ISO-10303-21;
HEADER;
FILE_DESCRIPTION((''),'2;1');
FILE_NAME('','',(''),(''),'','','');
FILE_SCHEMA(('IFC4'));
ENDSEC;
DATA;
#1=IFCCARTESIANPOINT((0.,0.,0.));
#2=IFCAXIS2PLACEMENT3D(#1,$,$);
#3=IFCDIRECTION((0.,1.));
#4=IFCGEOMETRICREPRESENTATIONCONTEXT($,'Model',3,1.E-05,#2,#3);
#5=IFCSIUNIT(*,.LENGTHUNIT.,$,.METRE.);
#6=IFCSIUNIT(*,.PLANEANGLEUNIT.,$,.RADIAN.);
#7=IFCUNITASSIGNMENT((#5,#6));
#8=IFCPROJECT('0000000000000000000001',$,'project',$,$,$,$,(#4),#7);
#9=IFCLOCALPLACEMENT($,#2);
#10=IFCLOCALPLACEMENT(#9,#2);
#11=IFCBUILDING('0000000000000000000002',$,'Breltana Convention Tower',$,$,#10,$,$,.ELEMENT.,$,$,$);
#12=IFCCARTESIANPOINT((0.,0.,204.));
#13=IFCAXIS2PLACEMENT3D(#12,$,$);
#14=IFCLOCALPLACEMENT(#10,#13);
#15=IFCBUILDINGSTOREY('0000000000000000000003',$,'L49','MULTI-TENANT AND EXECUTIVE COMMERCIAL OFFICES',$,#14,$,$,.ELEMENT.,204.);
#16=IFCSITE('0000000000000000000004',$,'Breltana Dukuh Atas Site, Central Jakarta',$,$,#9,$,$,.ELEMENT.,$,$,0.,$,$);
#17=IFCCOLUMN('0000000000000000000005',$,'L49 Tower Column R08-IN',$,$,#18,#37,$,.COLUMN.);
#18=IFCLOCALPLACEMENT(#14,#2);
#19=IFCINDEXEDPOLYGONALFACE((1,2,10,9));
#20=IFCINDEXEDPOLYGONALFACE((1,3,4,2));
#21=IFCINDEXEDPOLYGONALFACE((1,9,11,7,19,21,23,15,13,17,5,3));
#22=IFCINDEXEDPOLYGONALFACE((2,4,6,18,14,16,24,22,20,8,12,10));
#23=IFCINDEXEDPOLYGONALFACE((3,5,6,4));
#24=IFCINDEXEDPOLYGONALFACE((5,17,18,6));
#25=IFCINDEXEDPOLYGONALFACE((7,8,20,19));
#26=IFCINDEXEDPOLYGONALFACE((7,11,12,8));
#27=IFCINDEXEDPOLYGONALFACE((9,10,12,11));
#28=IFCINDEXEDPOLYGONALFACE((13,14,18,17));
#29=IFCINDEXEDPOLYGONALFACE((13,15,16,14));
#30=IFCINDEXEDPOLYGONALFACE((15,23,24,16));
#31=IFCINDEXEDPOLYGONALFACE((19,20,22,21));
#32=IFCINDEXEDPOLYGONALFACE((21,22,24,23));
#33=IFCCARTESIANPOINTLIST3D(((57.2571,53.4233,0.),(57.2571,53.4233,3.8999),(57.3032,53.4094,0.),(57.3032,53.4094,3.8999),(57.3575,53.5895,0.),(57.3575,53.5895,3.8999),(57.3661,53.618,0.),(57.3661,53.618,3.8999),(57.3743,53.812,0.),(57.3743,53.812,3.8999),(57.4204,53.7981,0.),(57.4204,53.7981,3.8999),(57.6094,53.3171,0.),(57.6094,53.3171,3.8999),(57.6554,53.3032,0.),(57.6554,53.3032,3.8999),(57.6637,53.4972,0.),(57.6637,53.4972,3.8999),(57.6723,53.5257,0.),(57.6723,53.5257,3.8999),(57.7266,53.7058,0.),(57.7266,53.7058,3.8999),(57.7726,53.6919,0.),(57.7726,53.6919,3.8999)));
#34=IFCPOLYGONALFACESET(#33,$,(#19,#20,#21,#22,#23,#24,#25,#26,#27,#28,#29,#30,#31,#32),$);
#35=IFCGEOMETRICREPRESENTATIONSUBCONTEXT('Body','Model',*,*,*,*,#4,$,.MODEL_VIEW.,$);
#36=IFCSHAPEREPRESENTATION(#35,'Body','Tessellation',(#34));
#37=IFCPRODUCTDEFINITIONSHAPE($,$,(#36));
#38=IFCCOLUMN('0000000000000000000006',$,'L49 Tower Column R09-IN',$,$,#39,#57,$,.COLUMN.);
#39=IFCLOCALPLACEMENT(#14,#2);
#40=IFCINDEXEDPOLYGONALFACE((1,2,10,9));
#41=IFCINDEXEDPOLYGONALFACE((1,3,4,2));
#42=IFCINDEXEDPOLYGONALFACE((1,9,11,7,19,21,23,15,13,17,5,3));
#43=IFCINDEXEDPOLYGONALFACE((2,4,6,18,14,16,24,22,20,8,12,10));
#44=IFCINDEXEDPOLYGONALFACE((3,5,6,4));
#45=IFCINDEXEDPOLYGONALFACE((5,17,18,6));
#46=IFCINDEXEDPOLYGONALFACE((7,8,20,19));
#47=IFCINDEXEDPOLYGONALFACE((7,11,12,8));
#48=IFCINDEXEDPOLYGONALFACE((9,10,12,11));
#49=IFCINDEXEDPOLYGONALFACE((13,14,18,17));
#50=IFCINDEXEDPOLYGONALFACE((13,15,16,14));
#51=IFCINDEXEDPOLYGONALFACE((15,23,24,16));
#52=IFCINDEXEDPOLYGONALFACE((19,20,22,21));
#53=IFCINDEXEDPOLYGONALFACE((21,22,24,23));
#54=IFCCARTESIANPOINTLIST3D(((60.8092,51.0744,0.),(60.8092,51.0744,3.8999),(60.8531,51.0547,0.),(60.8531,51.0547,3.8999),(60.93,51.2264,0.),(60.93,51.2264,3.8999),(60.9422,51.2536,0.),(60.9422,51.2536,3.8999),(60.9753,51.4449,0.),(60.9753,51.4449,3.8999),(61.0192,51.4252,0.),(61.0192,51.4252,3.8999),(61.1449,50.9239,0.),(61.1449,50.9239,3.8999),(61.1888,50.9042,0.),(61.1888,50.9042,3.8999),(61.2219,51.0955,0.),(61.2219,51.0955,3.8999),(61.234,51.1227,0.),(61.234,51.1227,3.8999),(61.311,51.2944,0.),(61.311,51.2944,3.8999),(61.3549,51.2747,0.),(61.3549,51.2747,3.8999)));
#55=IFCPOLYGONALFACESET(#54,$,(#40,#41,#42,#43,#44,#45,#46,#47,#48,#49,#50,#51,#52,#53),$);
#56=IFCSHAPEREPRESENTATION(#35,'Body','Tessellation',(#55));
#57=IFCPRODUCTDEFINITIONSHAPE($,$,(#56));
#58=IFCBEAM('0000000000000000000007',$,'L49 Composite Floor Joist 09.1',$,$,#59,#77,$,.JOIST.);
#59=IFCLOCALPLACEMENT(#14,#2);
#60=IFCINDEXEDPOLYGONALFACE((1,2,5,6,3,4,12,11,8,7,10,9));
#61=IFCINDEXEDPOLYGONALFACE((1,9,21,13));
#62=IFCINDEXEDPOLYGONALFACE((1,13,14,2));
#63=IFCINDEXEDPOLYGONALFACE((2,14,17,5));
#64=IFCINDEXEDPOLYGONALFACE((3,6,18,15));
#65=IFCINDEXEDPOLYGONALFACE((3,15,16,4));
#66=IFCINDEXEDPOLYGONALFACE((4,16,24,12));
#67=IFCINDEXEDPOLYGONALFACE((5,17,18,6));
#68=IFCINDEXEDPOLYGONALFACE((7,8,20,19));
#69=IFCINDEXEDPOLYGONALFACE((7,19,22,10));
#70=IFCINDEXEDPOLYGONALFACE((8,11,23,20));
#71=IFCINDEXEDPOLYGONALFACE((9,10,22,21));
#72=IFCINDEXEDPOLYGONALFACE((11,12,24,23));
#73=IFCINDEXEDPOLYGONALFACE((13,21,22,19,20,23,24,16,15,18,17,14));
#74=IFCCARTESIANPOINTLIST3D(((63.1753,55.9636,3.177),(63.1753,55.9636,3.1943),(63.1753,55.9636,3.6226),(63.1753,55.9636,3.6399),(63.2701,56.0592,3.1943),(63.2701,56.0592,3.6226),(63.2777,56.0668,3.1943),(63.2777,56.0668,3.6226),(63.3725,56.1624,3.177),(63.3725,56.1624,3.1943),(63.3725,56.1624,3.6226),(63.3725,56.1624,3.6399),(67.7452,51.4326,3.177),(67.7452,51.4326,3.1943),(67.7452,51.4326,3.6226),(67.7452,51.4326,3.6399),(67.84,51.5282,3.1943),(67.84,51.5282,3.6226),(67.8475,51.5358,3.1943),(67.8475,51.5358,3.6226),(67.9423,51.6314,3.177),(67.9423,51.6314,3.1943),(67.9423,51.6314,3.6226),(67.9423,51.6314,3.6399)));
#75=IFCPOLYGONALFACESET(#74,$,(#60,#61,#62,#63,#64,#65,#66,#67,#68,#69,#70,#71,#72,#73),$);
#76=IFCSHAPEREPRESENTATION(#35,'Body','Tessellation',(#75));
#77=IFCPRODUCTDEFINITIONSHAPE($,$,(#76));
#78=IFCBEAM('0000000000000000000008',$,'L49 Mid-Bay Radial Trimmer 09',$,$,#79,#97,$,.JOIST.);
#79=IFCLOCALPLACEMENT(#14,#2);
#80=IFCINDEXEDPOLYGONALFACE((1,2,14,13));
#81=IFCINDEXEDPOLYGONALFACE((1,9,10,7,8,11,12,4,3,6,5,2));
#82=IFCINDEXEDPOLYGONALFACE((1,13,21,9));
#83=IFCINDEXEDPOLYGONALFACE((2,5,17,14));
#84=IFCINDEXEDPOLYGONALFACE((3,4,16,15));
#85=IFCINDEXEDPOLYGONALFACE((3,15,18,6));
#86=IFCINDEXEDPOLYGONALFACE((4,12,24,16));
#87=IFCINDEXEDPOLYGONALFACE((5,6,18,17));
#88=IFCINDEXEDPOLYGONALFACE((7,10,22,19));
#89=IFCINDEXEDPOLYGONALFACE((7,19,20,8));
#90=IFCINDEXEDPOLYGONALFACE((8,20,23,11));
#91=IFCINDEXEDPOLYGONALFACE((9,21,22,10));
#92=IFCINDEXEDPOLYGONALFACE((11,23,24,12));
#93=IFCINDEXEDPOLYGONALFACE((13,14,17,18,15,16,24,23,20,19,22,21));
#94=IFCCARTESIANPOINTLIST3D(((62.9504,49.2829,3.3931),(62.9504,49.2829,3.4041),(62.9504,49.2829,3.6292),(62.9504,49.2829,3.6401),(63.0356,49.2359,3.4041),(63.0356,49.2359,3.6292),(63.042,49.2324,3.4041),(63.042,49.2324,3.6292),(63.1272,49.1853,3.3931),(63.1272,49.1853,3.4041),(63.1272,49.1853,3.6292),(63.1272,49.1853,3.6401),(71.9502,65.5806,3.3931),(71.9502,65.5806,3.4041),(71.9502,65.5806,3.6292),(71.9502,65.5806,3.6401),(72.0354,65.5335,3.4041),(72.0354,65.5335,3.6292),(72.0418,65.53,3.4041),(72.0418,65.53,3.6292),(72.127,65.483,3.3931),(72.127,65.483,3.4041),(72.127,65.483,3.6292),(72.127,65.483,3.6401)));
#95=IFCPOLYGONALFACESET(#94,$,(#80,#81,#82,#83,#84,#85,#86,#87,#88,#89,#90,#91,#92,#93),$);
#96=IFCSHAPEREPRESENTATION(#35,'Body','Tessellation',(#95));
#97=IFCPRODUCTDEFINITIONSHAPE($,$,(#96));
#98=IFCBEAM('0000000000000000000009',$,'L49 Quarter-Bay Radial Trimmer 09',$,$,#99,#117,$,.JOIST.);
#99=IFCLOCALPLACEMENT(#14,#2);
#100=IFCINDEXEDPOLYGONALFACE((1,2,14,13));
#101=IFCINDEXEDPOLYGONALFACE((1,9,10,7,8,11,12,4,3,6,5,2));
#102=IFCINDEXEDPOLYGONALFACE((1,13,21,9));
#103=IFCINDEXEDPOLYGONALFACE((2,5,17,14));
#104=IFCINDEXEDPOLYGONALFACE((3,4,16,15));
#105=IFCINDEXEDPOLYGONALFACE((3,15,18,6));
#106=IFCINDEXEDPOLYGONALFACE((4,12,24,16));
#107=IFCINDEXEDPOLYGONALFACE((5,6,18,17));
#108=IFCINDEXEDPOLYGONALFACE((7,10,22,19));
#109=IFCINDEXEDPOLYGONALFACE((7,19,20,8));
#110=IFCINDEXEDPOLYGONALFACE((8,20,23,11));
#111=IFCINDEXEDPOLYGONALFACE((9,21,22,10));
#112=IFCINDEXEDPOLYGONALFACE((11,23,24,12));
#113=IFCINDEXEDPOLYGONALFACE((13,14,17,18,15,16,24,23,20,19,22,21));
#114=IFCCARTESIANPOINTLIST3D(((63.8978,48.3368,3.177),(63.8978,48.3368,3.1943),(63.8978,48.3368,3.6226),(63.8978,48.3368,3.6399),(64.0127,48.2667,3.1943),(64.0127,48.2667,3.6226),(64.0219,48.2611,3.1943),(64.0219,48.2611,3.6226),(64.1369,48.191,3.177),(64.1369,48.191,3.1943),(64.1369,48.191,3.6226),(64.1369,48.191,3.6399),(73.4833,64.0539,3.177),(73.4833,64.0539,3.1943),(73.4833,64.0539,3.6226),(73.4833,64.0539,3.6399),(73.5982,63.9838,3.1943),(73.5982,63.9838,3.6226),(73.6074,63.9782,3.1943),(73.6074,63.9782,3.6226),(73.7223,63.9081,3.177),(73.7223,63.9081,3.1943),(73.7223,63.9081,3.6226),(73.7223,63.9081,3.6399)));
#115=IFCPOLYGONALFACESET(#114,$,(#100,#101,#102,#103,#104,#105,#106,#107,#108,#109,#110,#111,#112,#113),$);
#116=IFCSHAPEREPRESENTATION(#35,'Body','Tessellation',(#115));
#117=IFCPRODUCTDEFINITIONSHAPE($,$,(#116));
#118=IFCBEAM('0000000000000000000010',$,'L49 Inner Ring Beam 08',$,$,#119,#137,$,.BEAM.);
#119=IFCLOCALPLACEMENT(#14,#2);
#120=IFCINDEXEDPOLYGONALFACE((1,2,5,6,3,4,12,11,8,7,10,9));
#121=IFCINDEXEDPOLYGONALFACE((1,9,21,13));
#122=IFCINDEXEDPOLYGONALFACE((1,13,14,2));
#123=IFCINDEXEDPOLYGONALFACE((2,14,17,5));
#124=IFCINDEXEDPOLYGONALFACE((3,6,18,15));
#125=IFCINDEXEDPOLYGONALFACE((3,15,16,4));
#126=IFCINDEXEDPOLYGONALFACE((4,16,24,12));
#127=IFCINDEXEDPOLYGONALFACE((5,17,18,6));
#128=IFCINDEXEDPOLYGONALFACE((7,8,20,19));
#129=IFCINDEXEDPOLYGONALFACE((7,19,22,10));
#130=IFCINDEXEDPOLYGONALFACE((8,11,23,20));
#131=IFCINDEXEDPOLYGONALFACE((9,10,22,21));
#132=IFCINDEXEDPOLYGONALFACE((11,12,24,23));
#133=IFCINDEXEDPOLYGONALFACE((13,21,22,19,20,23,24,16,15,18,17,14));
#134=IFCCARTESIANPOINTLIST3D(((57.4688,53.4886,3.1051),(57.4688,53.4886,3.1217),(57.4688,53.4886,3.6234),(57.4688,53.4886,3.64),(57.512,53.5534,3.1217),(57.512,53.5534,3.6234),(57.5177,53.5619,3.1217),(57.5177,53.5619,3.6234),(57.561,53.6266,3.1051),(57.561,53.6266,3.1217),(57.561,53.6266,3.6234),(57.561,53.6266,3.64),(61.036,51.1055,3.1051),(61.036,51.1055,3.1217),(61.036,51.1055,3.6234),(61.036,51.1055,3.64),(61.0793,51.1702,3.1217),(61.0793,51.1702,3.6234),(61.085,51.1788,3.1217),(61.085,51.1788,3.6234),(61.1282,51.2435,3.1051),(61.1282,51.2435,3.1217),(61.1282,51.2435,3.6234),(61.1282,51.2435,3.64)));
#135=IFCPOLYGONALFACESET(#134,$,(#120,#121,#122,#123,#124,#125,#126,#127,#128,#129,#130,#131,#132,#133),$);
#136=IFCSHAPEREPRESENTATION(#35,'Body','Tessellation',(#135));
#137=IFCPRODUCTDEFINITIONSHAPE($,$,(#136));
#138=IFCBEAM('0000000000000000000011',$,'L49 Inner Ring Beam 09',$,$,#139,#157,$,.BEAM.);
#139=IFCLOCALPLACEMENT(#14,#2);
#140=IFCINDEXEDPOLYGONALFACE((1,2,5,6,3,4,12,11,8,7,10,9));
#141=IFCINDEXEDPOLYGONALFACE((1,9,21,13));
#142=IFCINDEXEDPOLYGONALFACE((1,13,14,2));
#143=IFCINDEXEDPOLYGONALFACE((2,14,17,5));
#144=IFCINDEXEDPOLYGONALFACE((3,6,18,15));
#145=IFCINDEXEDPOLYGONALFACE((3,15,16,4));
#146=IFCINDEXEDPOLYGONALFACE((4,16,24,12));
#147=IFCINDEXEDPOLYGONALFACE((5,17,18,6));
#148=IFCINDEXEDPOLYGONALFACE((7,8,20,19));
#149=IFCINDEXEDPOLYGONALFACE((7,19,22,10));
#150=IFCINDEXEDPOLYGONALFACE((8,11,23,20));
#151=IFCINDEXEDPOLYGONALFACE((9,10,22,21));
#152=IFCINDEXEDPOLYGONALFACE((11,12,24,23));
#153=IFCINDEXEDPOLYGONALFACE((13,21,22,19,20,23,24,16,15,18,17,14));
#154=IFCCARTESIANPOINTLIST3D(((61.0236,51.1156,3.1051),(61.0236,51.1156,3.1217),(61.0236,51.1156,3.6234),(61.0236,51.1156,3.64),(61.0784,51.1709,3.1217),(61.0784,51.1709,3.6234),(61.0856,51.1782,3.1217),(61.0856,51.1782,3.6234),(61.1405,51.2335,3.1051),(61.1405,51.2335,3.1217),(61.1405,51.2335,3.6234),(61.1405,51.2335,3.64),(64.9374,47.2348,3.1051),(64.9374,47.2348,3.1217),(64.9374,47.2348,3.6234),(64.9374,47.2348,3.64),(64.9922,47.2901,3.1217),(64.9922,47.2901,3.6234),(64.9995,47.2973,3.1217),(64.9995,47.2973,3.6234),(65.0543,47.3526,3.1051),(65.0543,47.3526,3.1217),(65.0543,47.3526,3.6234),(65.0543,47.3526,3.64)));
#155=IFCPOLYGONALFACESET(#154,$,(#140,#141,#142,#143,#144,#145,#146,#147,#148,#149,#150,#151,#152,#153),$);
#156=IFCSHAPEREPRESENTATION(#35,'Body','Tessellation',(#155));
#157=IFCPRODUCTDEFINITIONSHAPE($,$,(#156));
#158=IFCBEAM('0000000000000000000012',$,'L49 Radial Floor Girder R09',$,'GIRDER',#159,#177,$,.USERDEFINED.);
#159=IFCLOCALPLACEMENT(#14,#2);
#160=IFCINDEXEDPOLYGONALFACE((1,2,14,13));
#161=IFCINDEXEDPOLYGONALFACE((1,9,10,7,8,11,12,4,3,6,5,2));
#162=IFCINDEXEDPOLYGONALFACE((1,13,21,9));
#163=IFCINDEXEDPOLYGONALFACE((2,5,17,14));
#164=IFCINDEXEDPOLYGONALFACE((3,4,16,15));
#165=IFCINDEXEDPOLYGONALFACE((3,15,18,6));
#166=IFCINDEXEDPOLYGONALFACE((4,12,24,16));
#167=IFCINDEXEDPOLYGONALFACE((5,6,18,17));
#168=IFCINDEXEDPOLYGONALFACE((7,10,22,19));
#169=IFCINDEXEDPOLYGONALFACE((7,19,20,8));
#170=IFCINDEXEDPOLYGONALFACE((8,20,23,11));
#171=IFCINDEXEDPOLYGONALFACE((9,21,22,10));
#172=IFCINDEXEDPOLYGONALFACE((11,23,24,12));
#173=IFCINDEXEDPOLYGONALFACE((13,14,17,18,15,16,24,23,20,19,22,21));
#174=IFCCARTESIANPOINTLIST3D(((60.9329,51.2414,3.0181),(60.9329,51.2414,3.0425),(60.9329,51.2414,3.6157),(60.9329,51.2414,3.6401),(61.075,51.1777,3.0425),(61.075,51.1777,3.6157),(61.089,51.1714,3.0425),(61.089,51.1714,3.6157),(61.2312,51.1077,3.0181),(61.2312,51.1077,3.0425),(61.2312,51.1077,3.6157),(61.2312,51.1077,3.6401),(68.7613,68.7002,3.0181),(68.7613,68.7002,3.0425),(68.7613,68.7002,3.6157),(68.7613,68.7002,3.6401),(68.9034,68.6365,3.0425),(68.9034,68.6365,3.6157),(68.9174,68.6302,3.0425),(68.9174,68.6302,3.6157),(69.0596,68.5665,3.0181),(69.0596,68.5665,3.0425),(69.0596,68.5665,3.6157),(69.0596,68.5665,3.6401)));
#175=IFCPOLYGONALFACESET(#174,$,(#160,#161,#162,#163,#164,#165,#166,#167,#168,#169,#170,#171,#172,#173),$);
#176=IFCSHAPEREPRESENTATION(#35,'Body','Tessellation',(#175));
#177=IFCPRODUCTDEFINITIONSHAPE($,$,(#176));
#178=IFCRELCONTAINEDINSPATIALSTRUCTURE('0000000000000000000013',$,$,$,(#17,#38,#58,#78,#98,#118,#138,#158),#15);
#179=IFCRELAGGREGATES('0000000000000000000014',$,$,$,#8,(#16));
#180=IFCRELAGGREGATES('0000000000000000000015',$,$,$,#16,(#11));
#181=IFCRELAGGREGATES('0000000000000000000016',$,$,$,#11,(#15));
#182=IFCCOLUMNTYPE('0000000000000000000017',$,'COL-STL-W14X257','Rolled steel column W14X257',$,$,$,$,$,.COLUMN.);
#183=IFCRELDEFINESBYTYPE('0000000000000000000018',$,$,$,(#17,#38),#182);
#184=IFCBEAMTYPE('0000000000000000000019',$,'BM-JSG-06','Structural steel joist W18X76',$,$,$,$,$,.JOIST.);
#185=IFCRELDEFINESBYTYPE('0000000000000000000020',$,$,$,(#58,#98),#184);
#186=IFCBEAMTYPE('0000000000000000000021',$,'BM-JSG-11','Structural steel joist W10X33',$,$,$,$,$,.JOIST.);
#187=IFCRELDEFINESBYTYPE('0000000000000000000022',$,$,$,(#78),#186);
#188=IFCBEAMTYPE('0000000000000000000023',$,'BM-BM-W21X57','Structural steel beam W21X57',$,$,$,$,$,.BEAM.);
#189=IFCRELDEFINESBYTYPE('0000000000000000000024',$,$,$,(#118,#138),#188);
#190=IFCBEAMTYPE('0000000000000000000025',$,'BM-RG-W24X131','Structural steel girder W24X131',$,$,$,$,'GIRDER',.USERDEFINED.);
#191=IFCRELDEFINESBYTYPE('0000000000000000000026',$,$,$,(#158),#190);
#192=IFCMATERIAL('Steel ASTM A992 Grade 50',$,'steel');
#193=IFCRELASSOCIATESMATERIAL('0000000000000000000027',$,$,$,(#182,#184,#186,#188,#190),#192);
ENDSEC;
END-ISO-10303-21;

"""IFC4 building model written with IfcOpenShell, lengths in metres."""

from ifc_helpers import new_model, si_unit, direction, frame, origin, origin_2d, place, context, subcontext, project, spatial, i_section, extrude, source, transform, mapped, material, material_profile, profile_set, type_object, element, save


model = new_model("IFC4")

# Units and contexts
model_context = context("Model", 3, precision=1e-05, world=origin(), true_north=direction((0.0, 1.0)))
body_context = subcontext(model_context, "Body", "Model", "MODEL_VIEW")
ifc_project = project(units=[si_unit("LENGTHUNIT", "METRE"), si_unit("PLANEANGLEUNIT", "RADIAN")], contexts=[model_context])

# Site, building, storey
site_placement = place(None, origin())
site = spatial("IfcSite", under=ifc_project, at=site_placement, Name="Breltana Dukuh Atas Site, Central Jakarta", CompositionType="ELEMENT", RefElevation=0.0)
building_placement = place(site_placement, origin())
building = spatial("IfcBuilding", under=site, at=building_placement, Name="Breltana Convention Tower", CompositionType="ELEMENT")
storey_placement = place(building_placement, frame((0.0, 0.0, 204.0)))
storey = spatial("IfcBuildingStorey", under=building, at=storey_placement, Name="L49", Description="MULTI-TENANT AND EXECUTIVE COMMERCIAL OFFICES", CompositionType="ELEMENT", Elevation=204.0)

# Columns
ifc_material_1 = material(Name="Steel ASTM A992 Grade 50", Category="steel")
ifc_material_profile_1 = material_profile(ifc_material_1, i_section(OverallWidth=0.406, OverallDepth=0.416, WebThickness=0.0298, FlangeThickness=0.0481, at=origin_2d()), Name="W14X257")
ifc_profile_set_1 = profile_set([ifc_material_profile_1], Name="Steel ASTM A992 Grade 50")
column_type = type_object("IfcColumnType", Name="COL-STL-W14X257", Description="Rolled steel column W14X257", PredefinedType="COLUMN", material=ifc_profile_set_1)
shared_shape_1 = source(origin(), body_context, "Body", "SweptSolid", [
    extrude(i_section(OverallWidth=0.406, OverallDepth=0.416, WebThickness=0.0298, FlangeThickness=0.0481, at=origin_2d()), origin(), (0.0, 0.0, 1.0), 3.8999),
])
for number, where, z_axis, x_axis, name in (
    (1, (57.5149, 53.5576, 0.0), (0.0, 0.0, 1.0), (0.288698, 0.95742, 0.0), "L49 Tower Column R08-IN"),
    (2, (61.082, 51.1746, 0.0), (0.0, 0.0, 1.0), (0.409127, 0.912477, 0.0), "L49 Tower Column R09-IN"),
):
    element("IfcColumn", number, at=place(storey_placement, frame(where, z_axis=z_axis, x_axis=x_axis)), inside=storey, type_object=column_type, Name=name, PredefinedType="COLUMN", context=body_context, shape_type="MappedRepresentation", body=[
        mapped(shared_shape_1, transform((0.0, 0.0, 0.0), scale=1.0)),
    ])

# Beams
ifc_material_profile_2 = material_profile(ifc_material_1, i_section(OverallWidth=0.28, OverallDepth=0.4629, WebThickness=0.0107, FlangeThickness=0.0173, at=origin_2d()), Name="W18X76")
ifc_profile_set_2 = profile_set([ifc_material_profile_2], Name="Steel ASTM A992 Grade 50")
beam_type_1 = type_object("IfcBeamType", Name="BM-JSG-06", Description="Structural steel joist W18X76", PredefinedType="JOIST", material=ifc_profile_set_2)
shared_shape_2 = source(origin(), body_context, "Body", "SweptSolid", [
    extrude(i_section(OverallWidth=0.28, OverallDepth=0.4629, WebThickness=0.0107, FlangeThickness=0.0173, at=origin_2d()), origin(), (0.0, 0.0, 1.0), 6.4353),
])
beam_1_placement = place(storey_placement, frame((63.2739, 56.063, 3.4084), z_axis=(0.710116, -0.704084, 0.0), x_axis=(0.704084, 0.710116, 0.0)))
element("IfcBeam", 3, at=beam_1_placement, inside=storey, type_object=beam_type_1, Name="L49 Composite Floor Joist 09.1", PredefinedType="JOIST", context=body_context, shape_type="MappedRepresentation", body=[
    mapped(shared_shape_2, transform((0.0, 0.0, 0.0), scale=1.0)),
])
ifc_material_profile_3 = material_profile(ifc_material_1, i_section(OverallWidth=0.2019, OverallDepth=0.2471, WebThickness=0.0073, FlangeThickness=0.011, at=origin_2d()), Name="W10X33")
ifc_profile_set_3 = profile_set([ifc_material_profile_3], Name="Steel ASTM A992 Grade 50")
beam_type_2 = type_object("IfcBeamType", Name="BM-JSG-11", Description="Structural steel joist W10X33", PredefinedType="JOIST", material=ifc_profile_set_3)
shared_shape_3 = source(origin(), body_context, "Body", "SweptSolid", [
    extrude(i_section(OverallWidth=0.2019, OverallDepth=0.2471, WebThickness=0.0073, FlangeThickness=0.011, at=origin_2d()), origin(), (0.0, 0.0, 1.0), 18.6174),
])
beam_2_placement = place(storey_placement, frame((63.0388, 49.2341, 3.5166), z_axis=(0.483406, 0.875396, 0.0), x_axis=(-0.875396, 0.483406, 0.0)))
element("IfcBeam", 4, at=beam_2_placement, inside=storey, type_object=beam_type_2, Name="L49 Mid-Bay Radial Trimmer 09", PredefinedType="JOIST", context=body_context, shape_type="MappedRepresentation", body=[
    mapped(shared_shape_3, transform((0.0, 0.0, 0.0), scale=1.0)),
])
shared_shape_4 = source(origin(), body_context, "Body", "SweptSolid", [
    extrude(i_section(OverallWidth=0.28, OverallDepth=0.4629, WebThickness=0.0107, FlangeThickness=0.0173, at=origin_2d()), origin(), (0.0, 0.0, 1.0), 18.4094),
])
beam_3_placement = place(storey_placement, frame((64.0173, 48.2639, 3.4084), z_axis=(0.520682, 0.853751, 0.0), x_axis=(-0.853751, 0.520682, 0.0)))
element("IfcBeam", 5, at=beam_3_placement, inside=storey, type_object=beam_type_1, Name="L49 Quarter-Bay Radial Trimmer 09", PredefinedType="JOIST", context=body_context, shape_type="MappedRepresentation", body=[
    mapped(shared_shape_4, transform((0.0, 0.0, 0.0), scale=1.0)),
])
ifc_material_profile_4 = material_profile(ifc_material_1, i_section(OverallWidth=0.166, OverallDepth=0.5349, WebThickness=0.0103, FlangeThickness=0.0166, at=origin_2d()), Name="W21X57")
ifc_profile_set_4 = profile_set([ifc_material_profile_4], Name="Steel ASTM A992 Grade 50")
beam_type_3 = type_object("IfcBeamType", Name="BM-BM-W21X57", Description="Structural steel beam W21X57", PredefinedType="BEAM", material=ifc_profile_set_4)
shared_shape_5 = source(origin(), body_context, "Body", "SweptSolid", [
    extrude(i_section(OverallWidth=0.166, OverallDepth=0.5349, WebThickness=0.0103, FlangeThickness=0.0166, at=origin_2d()), origin(), (0.0, 0.0, 1.0), 4.29),
])
beam_4_placement = place(storey_placement, frame((57.5149, 53.5576, 3.3726), z_axis=(0.831516, -0.555501, 0.0), x_axis=(0.555501, 0.831516, 0.0)))
element("IfcBeam", 6, at=beam_4_placement, inside=storey, type_object=beam_type_3, Name="L49 Inner Ring Beam 08", PredefinedType="BEAM", context=body_context, shape_type="MappedRepresentation", body=[
    mapped(shared_shape_5, transform((0.0, 0.0, 0.0), scale=1.0)),
])
shared_shape_6 = source(origin(), body_context, "Body", "SweptSolid", [
    extrude(i_section(OverallWidth=0.166, OverallDepth=0.5349, WebThickness=0.0103, FlangeThickness=0.0166, at=origin_2d()), origin(), (0.0, 0.0, 1.0), 5.5117),
])
beam_5_placement = place(storey_placement, frame((61.082, 51.1746, 3.3726), z_axis=(0.71009, -0.704111, 0.0), x_axis=(0.704111, 0.71009, 0.0)))
element("IfcBeam", 7, at=beam_5_placement, inside=storey, type_object=beam_type_3, Name="L49 Inner Ring Beam 09", PredefinedType="BEAM", context=body_context, shape_type="MappedRepresentation", body=[
    mapped(shared_shape_6, transform((0.0, 0.0, 0.0), scale=1.0)),
])
ifc_material_profile_5 = material_profile(ifc_material_1, i_section(OverallWidth=0.3269, OverallDepth=0.6221, WebThickness=0.0154, FlangeThickness=0.0244, at=origin_2d()), Name="W24X131")
ifc_profile_set_5 = profile_set([ifc_material_profile_5], Name="Steel ASTM A992 Grade 50")
beam_type_4 = type_object("IfcBeamType", Name="BM-RG-W24X131", Description="Structural steel girder W24X131", ElementType="GIRDER", PredefinedType="USERDEFINED", material=ifc_profile_set_5)
shared_shape_7 = source(origin(), body_context, "Body", "SweptSolid", [
    extrude(i_section(OverallWidth=0.3269, OverallDepth=0.6221, WebThickness=0.0154, FlangeThickness=0.0244, at=origin_2d()), origin(), (0.0, 0.0, 1.0), 19.1335),
])
beam_6_placement = place(storey_placement, frame((61.082, 51.1746, 3.3291), z_axis=(0.409145, 0.91247, 0.0), x_axis=(-0.91247, 0.409145, 0.0)))
element("IfcBeam", 8, at=beam_6_placement, inside=storey, type_object=beam_type_4, Name="L49 Radial Floor Girder R09", ObjectType="GIRDER", PredefinedType="USERDEFINED", context=body_context, shape_type="MappedRepresentation", body=[
    mapped(shared_shape_7, transform((0.0, 0.0, 0.0), scale=1.0)),
])

save(model, "model.ifc")
